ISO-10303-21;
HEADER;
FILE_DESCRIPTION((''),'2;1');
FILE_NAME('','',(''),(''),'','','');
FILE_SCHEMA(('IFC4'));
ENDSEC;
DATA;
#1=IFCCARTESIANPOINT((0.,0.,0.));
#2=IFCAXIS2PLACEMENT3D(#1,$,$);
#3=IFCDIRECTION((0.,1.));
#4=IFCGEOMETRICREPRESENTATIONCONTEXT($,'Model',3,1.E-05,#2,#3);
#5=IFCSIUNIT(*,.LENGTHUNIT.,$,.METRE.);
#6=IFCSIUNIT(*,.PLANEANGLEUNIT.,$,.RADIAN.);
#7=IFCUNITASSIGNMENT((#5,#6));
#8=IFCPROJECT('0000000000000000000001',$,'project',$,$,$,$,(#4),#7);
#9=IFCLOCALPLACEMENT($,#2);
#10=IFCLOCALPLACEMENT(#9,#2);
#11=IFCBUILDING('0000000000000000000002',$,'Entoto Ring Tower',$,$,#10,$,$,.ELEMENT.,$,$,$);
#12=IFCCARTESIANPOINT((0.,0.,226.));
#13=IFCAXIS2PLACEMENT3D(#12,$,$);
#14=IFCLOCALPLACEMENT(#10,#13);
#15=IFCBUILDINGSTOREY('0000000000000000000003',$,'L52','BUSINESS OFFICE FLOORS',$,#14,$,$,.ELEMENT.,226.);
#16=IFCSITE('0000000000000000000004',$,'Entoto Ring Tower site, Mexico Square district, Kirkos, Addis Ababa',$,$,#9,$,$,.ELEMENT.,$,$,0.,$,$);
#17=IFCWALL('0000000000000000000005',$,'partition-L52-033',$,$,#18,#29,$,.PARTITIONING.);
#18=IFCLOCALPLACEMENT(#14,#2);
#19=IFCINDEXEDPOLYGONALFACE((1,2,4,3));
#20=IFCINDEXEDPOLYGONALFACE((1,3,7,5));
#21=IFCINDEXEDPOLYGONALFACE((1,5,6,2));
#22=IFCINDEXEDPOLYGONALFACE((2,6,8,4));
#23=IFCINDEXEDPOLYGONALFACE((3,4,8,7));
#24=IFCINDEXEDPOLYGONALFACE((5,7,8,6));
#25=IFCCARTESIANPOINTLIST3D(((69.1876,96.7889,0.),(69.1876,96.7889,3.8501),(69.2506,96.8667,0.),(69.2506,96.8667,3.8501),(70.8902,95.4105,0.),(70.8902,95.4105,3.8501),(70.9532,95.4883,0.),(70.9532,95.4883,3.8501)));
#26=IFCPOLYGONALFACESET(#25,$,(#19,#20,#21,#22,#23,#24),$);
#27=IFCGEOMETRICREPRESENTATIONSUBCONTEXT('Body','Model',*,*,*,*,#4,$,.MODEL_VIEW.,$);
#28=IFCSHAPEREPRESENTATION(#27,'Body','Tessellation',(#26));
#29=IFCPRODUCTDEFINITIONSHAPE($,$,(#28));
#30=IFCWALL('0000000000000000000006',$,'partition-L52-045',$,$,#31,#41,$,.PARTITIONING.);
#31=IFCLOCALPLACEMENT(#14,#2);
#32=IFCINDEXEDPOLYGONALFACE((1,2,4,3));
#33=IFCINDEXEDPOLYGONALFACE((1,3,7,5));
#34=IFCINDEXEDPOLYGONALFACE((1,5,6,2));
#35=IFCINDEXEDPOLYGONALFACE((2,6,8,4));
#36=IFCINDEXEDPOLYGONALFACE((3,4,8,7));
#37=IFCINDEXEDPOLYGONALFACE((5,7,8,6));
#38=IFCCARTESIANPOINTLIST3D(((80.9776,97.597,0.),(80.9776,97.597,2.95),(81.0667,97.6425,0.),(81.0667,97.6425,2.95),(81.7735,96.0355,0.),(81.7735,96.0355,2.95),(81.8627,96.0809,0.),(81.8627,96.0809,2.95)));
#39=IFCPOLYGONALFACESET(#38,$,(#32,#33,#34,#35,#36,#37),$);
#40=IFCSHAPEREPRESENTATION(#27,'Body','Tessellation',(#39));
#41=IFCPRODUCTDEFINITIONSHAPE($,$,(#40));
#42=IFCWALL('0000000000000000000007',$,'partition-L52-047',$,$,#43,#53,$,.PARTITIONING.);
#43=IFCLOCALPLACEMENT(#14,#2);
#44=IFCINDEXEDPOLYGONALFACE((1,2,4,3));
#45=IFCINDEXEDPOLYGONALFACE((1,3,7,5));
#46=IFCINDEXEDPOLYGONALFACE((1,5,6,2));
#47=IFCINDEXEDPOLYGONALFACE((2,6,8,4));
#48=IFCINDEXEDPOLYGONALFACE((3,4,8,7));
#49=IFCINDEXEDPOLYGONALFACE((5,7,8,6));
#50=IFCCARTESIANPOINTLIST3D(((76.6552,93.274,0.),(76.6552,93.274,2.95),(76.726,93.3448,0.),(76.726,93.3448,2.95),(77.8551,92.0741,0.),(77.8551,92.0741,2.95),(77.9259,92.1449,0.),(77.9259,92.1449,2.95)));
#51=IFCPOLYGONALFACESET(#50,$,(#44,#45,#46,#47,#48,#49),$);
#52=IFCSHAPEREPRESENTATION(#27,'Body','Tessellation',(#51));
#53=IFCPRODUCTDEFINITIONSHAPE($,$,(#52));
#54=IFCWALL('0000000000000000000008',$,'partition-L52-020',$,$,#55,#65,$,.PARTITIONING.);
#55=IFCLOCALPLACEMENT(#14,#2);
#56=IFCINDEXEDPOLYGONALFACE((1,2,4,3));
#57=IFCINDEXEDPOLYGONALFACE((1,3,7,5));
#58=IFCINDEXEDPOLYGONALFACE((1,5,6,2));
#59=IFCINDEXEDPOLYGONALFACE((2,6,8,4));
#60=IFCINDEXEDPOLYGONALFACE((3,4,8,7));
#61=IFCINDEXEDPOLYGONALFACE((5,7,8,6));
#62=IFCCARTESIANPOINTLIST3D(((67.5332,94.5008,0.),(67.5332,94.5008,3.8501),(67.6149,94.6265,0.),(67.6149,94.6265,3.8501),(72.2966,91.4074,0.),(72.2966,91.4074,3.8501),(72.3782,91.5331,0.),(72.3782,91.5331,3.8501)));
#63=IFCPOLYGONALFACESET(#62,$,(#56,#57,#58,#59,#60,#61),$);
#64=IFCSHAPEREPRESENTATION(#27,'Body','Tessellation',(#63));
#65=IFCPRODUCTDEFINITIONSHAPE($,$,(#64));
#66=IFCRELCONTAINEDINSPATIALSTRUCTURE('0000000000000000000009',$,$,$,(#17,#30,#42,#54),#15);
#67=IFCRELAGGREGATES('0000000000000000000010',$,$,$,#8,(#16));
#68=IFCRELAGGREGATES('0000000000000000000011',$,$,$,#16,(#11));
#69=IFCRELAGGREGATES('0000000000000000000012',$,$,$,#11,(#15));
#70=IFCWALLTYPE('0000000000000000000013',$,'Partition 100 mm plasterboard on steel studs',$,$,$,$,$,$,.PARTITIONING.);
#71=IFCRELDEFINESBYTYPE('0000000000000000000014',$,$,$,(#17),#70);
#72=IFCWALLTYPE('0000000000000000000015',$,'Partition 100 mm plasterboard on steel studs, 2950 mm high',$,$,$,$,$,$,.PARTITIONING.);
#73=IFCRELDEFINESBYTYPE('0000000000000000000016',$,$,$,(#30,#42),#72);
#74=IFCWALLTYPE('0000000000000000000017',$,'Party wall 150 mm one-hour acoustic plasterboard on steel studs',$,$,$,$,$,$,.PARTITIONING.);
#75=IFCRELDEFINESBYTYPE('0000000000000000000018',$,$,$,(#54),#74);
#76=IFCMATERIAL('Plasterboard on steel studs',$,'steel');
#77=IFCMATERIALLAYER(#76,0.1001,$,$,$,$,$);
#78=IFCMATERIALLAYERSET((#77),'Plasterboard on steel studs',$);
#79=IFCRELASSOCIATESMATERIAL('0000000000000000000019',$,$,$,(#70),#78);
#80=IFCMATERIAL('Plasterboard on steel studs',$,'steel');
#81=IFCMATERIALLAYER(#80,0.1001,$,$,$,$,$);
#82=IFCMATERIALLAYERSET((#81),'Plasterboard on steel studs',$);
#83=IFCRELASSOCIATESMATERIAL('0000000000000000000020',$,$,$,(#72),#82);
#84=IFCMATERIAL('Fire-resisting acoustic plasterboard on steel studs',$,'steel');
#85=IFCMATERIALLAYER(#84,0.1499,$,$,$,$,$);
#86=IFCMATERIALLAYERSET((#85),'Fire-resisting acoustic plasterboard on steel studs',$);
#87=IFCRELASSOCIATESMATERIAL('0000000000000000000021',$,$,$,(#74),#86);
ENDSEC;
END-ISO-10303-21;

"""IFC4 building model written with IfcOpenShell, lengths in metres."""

from ifc_helpers import new_model, si_unit, direction, frame, frame_2d, origin, place, context, subcontext, project, spatial, rectangle, extrude, material, layer, layer_set, type_object, element, save


model = new_model("IFC4")

# Units and contexts
model_context = context("Model", 3, precision=1e-05, world=origin(), true_north=direction((0.0, 1.0)))
body_context = subcontext(model_context, "Body", "Model", "MODEL_VIEW")
ifc_project = project(units=[si_unit("LENGTHUNIT", "METRE"), si_unit("PLANEANGLEUNIT", "RADIAN")], contexts=[model_context])

# Site, building, storey
site_placement = place(None, origin())
site = spatial("IfcSite", under=ifc_project, at=site_placement, Name="Entoto Ring Tower site, Mexico Square district, Kirkos, Addis Ababa", CompositionType="ELEMENT", RefElevation=0.0)
building_placement = place(site_placement, origin())
building = spatial("IfcBuilding", under=site, at=building_placement, Name="Entoto Ring Tower", CompositionType="ELEMENT")
storey_placement = place(building_placement, frame((0.0, 0.0, 226.0)))
storey = spatial("IfcBuildingStorey", under=building, at=storey_placement, Name="L52", Description="BUSINESS OFFICE FLOORS", CompositionType="ELEMENT", Elevation=226.0)

# Shared definitions
ifc_material_1 = material(Name="Plasterboard on steel studs", Category="steel")
ifc_layer_1 = layer(ifc_material_1, 0.1001)
ifc_layer_set_1 = layer_set([ifc_layer_1], Name="Plasterboard on steel studs")
wall_type_1 = type_object("IfcWallType", Name="Partition 100 mm plasterboard on steel studs", PredefinedType="PARTITIONING", material=ifc_layer_set_1)

# Walls
for number, where, z_axis, x_axis, name in (
    (1, (70.9216, 95.4495, 0.0), (0.0, 0.0, 1.0), (-0.777224, 0.629224, 0.0), "partition-L52-033"),
):
    element("IfcWall", number, at=place(storey_placement, frame(where, z_axis=z_axis, x_axis=x_axis)), inside=storey, type_object=wall_type_1, Name=name, PredefinedType="PARTITIONING", context=body_context, shape_type="SweptSolid", body=[
        extrude(rectangle(XDim=2.1907, YDim=0.1001, at=frame_2d((1.0952, 0.0))), origin(), (0.0, 0.0, 1.0), 3.8501),
    ])
ifc_material_2 = material(Name="Plasterboard on steel studs", Category="steel")
ifc_layer_2 = layer(ifc_material_2, 0.1001)
ifc_layer_set_2 = layer_set([ifc_layer_2], Name="Plasterboard on steel studs")
wall_type_2 = type_object("IfcWallType", Name="Partition 100 mm plasterboard on steel studs, 2950 mm high", PredefinedType="PARTITIONING", material=ifc_layer_set_2)
wall_1_placement = place(storey_placement, frame((81.8181, 96.0581, 0.0), z_axis=(0.0, 0.0, 1.0), x_axis=(-0.454109, 0.890946, 0.0)))
element("IfcWall", 2, at=wall_1_placement, inside=storey, type_object=wall_type_2, Name="partition-L52-045", PredefinedType="PARTITIONING", context=body_context, shape_type="SweptSolid", body=[
    extrude(rectangle(XDim=1.7527, YDim=0.1001, at=frame_2d((0.8765, 0.0))), origin(), (0.0, 0.0, 1.0), 2.95),
])
wall_2_placement = place(storey_placement, frame((77.8906, 92.1094, 0.0), z_axis=(0.0, 0.0, 1.0), x_axis=(-0.707107, 0.707107, 0.0)))
element("IfcWall", 3, at=wall_2_placement, inside=storey, type_object=wall_type_2, Name="partition-L52-047", PredefinedType="PARTITIONING", context=body_context, shape_type="SweptSolid", body=[
    extrude(rectangle(XDim=1.697, YDim=0.1001, at=frame_2d((0.8486, 0.0))), origin(), (0.0, 0.0, 1.0), 2.95),
])
ifc_material_3 = material(Name="Fire-resisting acoustic plasterboard on steel studs", Category="steel")
ifc_layer_3 = layer(ifc_material_3, 0.1499)
ifc_layer_set_3 = layer_set([ifc_layer_3], Name="Fire-resisting acoustic plasterboard on steel studs")
wall_type_3 = type_object("IfcWallType", Name="Party wall 150 mm one-hour acoustic plasterboard on steel studs", PredefinedType="PARTITIONING", material=ifc_layer_set_3)
wall_3_placement = place(storey_placement, frame((72.3374, 91.4702, 0.0), z_axis=(0.0, 0.0, 1.0), x_axis=(-0.838663, 0.544651, 0.0)))
element("IfcWall", 4, at=wall_3_placement, inside=storey, type_object=wall_type_3, Name="partition-L52-020", PredefinedType="PARTITIONING", context=body_context, shape_type="SweptSolid", body=[
    extrude(rectangle(XDim=5.6797, YDim=0.1499, at=frame_2d((2.8398, 0.0))), origin(), (0.0, 0.0, 1.0), 3.8501),
])

save(model, "model.ifc")
